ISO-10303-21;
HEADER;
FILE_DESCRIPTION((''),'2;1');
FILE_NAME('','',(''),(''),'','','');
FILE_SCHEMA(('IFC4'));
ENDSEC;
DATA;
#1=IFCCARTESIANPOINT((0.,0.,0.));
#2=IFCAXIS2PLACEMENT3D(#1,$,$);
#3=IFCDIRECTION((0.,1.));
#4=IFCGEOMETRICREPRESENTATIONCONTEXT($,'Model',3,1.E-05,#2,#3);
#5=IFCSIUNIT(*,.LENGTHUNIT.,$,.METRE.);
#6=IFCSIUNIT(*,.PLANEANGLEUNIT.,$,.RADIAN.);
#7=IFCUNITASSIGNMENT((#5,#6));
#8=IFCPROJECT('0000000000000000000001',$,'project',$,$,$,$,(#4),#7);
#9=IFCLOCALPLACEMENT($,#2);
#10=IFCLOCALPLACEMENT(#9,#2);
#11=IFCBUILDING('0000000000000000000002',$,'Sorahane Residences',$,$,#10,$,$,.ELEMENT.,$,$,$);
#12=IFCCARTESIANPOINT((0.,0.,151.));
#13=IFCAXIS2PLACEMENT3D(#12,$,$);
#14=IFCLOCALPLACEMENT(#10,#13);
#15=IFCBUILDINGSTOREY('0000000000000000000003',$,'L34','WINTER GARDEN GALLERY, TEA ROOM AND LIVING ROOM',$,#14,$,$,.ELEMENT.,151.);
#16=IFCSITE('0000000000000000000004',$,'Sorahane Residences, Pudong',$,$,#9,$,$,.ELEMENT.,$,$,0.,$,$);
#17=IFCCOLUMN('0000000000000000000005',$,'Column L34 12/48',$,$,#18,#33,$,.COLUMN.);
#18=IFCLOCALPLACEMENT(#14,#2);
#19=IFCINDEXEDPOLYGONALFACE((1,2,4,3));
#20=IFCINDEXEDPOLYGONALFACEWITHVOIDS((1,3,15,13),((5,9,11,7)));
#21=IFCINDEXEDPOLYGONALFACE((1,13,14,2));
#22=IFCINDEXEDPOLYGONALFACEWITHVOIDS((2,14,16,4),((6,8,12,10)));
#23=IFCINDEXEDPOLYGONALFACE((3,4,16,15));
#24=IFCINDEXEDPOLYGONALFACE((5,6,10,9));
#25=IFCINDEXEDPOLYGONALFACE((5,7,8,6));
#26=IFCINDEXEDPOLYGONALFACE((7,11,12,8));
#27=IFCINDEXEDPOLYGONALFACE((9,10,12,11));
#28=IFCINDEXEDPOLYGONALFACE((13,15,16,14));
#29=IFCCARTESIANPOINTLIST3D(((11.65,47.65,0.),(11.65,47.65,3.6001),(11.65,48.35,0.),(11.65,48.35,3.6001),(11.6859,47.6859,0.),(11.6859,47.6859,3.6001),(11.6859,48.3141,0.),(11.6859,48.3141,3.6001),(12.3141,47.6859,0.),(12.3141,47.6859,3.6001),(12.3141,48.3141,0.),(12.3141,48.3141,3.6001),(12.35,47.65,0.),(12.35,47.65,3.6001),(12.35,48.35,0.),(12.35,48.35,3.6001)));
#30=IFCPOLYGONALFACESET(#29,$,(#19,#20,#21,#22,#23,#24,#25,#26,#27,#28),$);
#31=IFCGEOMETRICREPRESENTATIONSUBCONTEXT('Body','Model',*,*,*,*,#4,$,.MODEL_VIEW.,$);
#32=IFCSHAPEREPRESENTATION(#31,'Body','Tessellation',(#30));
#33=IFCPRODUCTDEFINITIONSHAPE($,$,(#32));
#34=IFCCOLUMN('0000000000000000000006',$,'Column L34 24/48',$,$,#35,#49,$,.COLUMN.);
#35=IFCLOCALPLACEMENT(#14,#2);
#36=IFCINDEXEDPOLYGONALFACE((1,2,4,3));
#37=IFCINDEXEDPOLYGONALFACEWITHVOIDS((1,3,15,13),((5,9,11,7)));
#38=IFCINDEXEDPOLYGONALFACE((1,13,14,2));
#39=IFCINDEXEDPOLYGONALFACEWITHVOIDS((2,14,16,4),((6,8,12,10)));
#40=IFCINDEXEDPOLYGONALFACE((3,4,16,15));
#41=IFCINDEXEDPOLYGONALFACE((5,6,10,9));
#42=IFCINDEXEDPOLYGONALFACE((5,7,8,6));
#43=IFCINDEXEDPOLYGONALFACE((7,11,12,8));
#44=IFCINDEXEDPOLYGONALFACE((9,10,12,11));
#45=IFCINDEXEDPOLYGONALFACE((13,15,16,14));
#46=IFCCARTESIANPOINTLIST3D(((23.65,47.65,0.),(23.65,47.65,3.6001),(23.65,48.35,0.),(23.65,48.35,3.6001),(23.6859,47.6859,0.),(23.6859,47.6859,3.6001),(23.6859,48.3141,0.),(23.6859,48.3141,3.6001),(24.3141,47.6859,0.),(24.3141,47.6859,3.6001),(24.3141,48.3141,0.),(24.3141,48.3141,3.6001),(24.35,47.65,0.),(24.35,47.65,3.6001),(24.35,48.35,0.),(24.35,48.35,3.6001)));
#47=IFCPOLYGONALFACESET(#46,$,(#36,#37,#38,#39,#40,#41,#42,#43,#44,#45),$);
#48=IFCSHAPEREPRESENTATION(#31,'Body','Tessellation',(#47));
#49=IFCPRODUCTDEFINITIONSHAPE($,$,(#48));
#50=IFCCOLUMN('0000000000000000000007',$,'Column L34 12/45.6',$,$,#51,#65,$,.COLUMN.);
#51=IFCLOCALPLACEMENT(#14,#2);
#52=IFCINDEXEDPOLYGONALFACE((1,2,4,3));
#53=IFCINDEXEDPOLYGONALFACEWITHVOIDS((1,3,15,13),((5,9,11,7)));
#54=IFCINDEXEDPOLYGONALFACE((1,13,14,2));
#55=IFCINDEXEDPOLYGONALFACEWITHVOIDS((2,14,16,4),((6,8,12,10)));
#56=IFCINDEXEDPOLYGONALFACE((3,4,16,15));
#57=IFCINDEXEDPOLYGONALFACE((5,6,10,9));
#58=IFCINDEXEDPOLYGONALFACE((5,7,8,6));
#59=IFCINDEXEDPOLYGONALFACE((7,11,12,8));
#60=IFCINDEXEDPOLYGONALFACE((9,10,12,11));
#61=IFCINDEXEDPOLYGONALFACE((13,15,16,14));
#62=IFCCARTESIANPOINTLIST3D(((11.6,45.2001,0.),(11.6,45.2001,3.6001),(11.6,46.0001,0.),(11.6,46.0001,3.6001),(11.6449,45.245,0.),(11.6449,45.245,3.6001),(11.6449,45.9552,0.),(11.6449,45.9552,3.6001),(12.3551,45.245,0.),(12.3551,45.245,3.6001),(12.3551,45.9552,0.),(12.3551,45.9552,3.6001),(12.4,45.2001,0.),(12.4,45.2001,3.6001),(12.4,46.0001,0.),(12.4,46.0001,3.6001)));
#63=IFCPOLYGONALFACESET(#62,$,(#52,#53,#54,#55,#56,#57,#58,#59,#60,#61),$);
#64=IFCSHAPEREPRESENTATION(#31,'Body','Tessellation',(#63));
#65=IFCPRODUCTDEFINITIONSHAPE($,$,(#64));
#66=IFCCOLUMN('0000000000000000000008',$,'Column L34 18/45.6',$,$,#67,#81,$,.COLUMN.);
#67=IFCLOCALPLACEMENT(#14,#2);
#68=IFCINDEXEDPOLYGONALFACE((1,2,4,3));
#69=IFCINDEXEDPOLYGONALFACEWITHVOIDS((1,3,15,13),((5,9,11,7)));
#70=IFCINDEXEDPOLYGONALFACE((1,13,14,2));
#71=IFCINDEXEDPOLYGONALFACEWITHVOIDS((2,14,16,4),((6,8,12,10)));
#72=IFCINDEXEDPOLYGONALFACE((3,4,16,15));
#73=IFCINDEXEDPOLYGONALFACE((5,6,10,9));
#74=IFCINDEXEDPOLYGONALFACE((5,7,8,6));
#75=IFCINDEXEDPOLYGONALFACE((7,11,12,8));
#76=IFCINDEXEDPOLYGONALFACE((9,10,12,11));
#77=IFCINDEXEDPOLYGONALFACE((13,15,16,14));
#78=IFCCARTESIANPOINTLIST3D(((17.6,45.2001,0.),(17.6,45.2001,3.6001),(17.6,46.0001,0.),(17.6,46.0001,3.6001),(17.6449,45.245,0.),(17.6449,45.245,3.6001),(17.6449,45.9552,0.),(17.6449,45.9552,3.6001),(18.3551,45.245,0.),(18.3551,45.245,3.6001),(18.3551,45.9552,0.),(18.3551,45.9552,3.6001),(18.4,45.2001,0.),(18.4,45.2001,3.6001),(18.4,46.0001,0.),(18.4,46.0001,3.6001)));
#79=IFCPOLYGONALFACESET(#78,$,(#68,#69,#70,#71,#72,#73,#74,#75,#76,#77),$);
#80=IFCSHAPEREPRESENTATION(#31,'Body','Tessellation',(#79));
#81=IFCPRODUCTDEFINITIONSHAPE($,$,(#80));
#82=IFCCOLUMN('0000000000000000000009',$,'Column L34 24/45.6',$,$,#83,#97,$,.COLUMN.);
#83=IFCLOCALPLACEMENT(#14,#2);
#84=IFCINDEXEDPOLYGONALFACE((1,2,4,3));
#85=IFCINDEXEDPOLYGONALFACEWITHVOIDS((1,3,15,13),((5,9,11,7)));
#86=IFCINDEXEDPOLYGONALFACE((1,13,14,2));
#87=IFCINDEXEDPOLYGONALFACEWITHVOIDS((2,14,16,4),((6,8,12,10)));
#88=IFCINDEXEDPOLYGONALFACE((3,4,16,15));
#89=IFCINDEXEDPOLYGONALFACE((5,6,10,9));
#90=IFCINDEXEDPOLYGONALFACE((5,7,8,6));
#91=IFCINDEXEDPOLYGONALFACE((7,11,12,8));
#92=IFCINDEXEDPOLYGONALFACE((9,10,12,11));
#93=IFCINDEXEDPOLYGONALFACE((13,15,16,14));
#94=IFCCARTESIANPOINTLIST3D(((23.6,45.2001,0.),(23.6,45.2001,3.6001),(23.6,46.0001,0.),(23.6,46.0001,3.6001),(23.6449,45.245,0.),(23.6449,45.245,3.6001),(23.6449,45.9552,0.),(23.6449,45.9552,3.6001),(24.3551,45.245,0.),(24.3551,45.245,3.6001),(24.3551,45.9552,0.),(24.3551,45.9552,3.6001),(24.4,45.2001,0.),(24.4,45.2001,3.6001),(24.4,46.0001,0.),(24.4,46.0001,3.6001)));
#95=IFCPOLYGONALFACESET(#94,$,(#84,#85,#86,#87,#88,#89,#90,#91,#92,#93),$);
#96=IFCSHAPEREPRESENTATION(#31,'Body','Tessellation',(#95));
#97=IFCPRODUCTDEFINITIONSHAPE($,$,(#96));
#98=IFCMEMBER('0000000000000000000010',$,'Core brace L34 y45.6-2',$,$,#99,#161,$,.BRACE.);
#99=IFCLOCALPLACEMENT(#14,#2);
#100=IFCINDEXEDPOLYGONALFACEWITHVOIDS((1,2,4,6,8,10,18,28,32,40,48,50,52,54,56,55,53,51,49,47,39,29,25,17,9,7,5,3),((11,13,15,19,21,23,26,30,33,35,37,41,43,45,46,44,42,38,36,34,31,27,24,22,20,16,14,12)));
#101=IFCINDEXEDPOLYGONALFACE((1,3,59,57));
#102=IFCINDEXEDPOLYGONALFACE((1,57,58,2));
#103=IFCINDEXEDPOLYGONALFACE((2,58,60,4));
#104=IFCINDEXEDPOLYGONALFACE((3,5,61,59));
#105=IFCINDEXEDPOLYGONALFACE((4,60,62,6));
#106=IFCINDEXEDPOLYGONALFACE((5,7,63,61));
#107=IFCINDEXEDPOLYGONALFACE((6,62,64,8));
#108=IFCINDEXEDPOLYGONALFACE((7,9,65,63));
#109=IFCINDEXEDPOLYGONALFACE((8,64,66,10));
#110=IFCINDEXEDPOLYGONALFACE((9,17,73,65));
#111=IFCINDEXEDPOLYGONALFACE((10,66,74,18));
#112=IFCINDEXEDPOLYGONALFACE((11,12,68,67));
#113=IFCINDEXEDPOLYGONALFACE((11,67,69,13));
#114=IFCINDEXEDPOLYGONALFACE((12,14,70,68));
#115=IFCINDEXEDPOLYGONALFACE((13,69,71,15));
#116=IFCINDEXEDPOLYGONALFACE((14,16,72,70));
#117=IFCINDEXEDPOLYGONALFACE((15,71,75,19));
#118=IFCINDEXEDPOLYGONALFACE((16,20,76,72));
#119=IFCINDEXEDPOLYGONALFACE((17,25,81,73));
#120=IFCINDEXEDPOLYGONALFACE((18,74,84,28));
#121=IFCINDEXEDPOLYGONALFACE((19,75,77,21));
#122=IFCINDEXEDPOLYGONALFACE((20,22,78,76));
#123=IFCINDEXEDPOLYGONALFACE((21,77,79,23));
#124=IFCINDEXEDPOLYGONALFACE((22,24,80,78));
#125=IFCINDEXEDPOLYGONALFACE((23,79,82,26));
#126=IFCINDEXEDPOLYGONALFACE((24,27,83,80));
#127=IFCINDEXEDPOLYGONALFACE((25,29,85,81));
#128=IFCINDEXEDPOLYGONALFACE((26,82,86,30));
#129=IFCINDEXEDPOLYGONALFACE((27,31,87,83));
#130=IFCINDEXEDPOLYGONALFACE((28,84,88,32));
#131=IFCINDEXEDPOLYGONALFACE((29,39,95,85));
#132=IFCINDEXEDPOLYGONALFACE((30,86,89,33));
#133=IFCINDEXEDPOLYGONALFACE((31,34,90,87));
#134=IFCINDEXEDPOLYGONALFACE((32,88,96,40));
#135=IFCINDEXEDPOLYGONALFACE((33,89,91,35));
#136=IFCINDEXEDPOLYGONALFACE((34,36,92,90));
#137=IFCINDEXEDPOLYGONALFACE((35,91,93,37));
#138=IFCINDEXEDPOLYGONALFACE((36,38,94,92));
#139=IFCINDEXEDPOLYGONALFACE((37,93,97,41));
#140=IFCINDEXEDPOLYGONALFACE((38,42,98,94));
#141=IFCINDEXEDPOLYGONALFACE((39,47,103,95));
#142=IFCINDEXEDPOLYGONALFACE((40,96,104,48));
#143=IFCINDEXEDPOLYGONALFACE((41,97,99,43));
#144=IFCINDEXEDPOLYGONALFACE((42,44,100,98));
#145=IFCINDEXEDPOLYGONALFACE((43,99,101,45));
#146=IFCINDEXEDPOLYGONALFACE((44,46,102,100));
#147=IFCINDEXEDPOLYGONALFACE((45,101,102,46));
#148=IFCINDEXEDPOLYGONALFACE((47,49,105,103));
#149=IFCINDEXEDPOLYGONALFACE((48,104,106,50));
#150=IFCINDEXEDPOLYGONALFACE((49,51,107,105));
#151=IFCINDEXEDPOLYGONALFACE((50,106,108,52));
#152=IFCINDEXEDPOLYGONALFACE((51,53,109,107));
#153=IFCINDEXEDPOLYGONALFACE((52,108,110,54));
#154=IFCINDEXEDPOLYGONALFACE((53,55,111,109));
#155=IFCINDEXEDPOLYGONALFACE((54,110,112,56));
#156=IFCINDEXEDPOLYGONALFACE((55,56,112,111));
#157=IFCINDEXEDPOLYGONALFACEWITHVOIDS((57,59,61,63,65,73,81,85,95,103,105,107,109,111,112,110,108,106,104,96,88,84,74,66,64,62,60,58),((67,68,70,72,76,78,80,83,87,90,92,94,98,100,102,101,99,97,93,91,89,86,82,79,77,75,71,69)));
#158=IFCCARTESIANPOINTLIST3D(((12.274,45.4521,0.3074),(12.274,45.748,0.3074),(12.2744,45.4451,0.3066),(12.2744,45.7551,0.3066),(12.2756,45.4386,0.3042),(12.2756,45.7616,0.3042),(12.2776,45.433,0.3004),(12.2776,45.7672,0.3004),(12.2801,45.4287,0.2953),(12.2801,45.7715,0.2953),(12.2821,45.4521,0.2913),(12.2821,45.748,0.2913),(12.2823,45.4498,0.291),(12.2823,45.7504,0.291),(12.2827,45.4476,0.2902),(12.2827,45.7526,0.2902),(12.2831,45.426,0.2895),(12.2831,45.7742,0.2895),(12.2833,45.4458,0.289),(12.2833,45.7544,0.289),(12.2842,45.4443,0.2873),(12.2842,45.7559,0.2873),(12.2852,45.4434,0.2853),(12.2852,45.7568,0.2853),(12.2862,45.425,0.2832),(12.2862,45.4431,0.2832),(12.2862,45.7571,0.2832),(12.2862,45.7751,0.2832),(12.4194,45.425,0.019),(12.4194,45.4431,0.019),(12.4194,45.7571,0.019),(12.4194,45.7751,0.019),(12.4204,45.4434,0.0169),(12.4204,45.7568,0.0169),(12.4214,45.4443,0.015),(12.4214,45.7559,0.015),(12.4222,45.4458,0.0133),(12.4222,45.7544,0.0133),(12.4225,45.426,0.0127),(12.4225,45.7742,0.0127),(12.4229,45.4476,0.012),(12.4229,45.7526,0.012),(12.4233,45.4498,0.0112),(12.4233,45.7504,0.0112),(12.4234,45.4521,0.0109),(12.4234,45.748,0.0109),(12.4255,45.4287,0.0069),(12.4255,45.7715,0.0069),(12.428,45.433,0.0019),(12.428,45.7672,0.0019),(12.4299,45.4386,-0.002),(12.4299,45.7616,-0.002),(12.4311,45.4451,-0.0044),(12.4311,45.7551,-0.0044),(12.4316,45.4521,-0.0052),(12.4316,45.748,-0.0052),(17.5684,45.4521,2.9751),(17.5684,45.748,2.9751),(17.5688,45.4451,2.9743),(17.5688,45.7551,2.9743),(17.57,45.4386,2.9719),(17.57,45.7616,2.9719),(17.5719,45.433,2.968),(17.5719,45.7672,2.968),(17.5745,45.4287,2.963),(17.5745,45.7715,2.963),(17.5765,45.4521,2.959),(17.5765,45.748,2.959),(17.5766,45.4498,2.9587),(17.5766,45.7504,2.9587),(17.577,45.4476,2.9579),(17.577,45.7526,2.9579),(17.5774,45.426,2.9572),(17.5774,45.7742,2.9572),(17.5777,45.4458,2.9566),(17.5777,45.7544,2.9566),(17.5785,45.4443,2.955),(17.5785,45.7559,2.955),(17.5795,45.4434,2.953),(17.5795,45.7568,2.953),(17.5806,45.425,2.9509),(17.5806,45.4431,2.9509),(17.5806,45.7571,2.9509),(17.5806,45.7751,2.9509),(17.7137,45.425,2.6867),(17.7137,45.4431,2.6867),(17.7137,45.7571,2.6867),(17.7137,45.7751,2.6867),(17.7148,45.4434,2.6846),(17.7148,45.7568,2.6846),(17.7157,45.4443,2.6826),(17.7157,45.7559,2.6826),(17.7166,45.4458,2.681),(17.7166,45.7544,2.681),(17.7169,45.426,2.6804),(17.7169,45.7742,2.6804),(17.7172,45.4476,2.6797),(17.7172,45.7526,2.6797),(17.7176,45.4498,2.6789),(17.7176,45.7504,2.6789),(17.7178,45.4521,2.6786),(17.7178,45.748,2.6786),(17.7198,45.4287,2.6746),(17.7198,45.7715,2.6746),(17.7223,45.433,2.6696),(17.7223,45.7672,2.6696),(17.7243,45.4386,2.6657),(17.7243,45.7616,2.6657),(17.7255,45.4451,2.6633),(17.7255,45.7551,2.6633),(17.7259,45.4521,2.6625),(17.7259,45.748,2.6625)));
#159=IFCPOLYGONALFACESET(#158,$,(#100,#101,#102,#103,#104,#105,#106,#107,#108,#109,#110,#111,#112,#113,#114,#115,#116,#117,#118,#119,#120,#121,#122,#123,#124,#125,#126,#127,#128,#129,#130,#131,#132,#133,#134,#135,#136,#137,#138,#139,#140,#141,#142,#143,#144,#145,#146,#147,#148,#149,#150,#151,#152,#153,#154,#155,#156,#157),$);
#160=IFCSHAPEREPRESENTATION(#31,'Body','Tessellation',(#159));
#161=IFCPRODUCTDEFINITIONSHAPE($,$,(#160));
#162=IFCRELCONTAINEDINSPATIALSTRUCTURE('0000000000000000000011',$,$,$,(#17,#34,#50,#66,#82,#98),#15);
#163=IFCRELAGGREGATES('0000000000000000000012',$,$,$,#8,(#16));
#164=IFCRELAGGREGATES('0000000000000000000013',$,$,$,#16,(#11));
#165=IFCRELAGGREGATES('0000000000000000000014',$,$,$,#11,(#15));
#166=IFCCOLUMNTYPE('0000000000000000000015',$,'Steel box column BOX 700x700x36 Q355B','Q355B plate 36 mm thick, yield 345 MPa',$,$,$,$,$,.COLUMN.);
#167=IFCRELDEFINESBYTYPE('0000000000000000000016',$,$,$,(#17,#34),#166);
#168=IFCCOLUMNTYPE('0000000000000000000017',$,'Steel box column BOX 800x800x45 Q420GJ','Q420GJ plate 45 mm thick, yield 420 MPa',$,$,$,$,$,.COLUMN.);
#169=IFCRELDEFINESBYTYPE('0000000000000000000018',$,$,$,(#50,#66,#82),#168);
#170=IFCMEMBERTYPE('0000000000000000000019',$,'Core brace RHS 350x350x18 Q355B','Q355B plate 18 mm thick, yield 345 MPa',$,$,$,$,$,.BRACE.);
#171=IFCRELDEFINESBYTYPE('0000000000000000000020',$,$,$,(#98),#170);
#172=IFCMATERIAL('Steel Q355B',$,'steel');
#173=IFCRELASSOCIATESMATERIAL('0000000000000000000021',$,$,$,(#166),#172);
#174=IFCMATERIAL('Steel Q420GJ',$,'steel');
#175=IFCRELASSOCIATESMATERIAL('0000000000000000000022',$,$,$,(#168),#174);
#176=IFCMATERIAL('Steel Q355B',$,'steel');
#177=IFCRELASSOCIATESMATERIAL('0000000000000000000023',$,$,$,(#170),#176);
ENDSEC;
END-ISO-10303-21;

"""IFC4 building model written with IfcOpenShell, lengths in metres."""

from ifc_helpers import new_model, si_unit, direction, frame, origin, origin_2d, place, context, subcontext, project, spatial, hollow_rectangle, extrude, material, material_profile, profile_set, type_object, element, save


model = new_model("IFC4")

# Units and contexts
model_context = context("Model", 3, precision=1e-05, world=origin(), true_north=direction((0.0, 1.0)))
body_context = subcontext(model_context, "Body", "Model", "MODEL_VIEW")
ifc_project = project(units=[si_unit("LENGTHUNIT", "METRE"), si_unit("PLANEANGLEUNIT", "RADIAN")], contexts=[model_context])

# Site, building, storey
site_placement = place(None, origin())
site = spatial("IfcSite", under=ifc_project, at=site_placement, Name="Sorahane Residences, Pudong", CompositionType="ELEMENT", RefElevation=0.0)
building_placement = place(site_placement, origin())
building = spatial("IfcBuilding", under=site, at=building_placement, Name="Sorahane Residences", CompositionType="ELEMENT")
storey_placement = place(building_placement, frame((0.0, 0.0, 151.0)))
storey = spatial("IfcBuildingStorey", under=building, at=storey_placement, Name="L34", Description="WINTER GARDEN GALLERY, TEA ROOM AND LIVING ROOM", CompositionType="ELEMENT", Elevation=151.0)

# Columns
ifc_material_1 = material(Name="Steel Q355B", Category="steel")
ifc_material_profile_1 = material_profile(ifc_material_1, hollow_rectangle(XDim=0.7, YDim=0.7, WallThickness=0.0359, at=origin_2d()), Name="BOX 700x700x36")
ifc_profile_set_1 = profile_set([ifc_material_profile_1], Name="Steel Q355B")
column_type_1 = type_object("IfcColumnType", Name="Steel box column BOX 700x700x36 Q355B", Description="Q355B plate 36 mm thick, yield 345 MPa", PredefinedType="COLUMN", material=ifc_profile_set_1)
for number, where, z_axis, x_axis, name in (
    (1, (12.0, 48.0, 0.0), (0.0, 0.0, 1.0), (1.0, 0.0, 0.0), "Column L34 12/48"),
    (2, (24.0, 48.0, 0.0), (0.0, 0.0, 1.0), (1.0, 0.0, 0.0), "Column L34 24/48"),
):
    element("IfcColumn", number, at=place(storey_placement, frame(where, z_axis=z_axis, x_axis=x_axis)), inside=storey, type_object=column_type_1, Name=name, PredefinedType="COLUMN", context=body_context, shape_type="SweptSolid", body=[
        extrude(hollow_rectangle(XDim=0.7, YDim=0.7, WallThickness=0.0359, at=origin_2d()), origin(), (0.0, 0.0, 1.0), 3.6001),
    ])
ifc_material_2 = material(Name="Steel Q420GJ", Category="steel")
ifc_material_profile_2 = material_profile(ifc_material_2, hollow_rectangle(XDim=0.8, YDim=0.8, WallThickness=0.0449, at=origin_2d()), Name="BOX 800x800x45")
ifc_profile_set_2 = profile_set([ifc_material_profile_2], Name="Steel Q420GJ")
column_type_2 = type_object("IfcColumnType", Name="Steel box column BOX 800x800x45 Q420GJ", Description="Q420GJ plate 45 mm thick, yield 420 MPa", PredefinedType="COLUMN", material=ifc_profile_set_2)
for number, where, z_axis, x_axis, name in (
    (3, (12.0, 45.6001, 0.0), (0.0, 0.0, 1.0), (1.0, 0.0, 0.0), "Column L34 12/45.6"),
    (4, (18.0, 45.6001, 0.0), (0.0, 0.0, 1.0), (1.0, 0.0, 0.0), "Column L34 18/45.6"),
    (5, (24.0, 45.6001, 0.0), (0.0, 0.0, 1.0), (1.0, 0.0, 0.0), "Column L34 24/45.6"),
):
    element("IfcColumn", number, at=place(storey_placement, frame(where, z_axis=z_axis, x_axis=x_axis)), inside=storey, type_object=column_type_2, Name=name, PredefinedType="COLUMN", context=body_context, shape_type="SweptSolid", body=[
        extrude(hollow_rectangle(XDim=0.8, YDim=0.8, WallThickness=0.0449, at=origin_2d()), origin(), (0.0, 0.0, 1.0), 3.6001),
    ])

# Member
ifc_material_3 = material(Name="Steel Q355B", Category="steel")
ifc_material_profile_3 = material_profile(ifc_material_3, hollow_rectangle(XDim=0.3501, YDim=0.3501, WallThickness=0.0181, InnerFilletRadius=0.009, OuterFilletRadius=0.0271, at=origin_2d()), Name="RHS 350x350x18")
ifc_profile_set_3 = profile_set([ifc_material_profile_3], Name="Steel Q355B")
member_type_1 = type_object("IfcMemberType", Name="Core brace RHS 350x350x18 Q355B", Description="Q355B plate 18 mm thick, yield 345 MPa", PredefinedType="BRACE", material=ifc_profile_set_3)
for number, where, z_axis, x_axis, name in (
    (6, (12.3528, 45.6001, 0.1511), (0.893039, 0.0, 0.449979), (0.0, 1.0, 0.0), "Core brace L34 y45.6-2"),
):
    element("IfcMember", number, at=place(storey_placement, frame(where, z_axis=z_axis, x_axis=x_axis)), inside=storey, type_object=member_type_1, Name=name, PredefinedType="BRACE", context=body_context, shape_type="SweptSolid", body=[
        extrude(hollow_rectangle(XDim=0.3501, YDim=0.3501, WallThickness=0.0181, InnerFilletRadius=0.009, OuterFilletRadius=0.0271, at=origin_2d()), origin(), (0.0, 0.0, 1.0), 5.9285),
    ])

save(model, "model.ifc")
